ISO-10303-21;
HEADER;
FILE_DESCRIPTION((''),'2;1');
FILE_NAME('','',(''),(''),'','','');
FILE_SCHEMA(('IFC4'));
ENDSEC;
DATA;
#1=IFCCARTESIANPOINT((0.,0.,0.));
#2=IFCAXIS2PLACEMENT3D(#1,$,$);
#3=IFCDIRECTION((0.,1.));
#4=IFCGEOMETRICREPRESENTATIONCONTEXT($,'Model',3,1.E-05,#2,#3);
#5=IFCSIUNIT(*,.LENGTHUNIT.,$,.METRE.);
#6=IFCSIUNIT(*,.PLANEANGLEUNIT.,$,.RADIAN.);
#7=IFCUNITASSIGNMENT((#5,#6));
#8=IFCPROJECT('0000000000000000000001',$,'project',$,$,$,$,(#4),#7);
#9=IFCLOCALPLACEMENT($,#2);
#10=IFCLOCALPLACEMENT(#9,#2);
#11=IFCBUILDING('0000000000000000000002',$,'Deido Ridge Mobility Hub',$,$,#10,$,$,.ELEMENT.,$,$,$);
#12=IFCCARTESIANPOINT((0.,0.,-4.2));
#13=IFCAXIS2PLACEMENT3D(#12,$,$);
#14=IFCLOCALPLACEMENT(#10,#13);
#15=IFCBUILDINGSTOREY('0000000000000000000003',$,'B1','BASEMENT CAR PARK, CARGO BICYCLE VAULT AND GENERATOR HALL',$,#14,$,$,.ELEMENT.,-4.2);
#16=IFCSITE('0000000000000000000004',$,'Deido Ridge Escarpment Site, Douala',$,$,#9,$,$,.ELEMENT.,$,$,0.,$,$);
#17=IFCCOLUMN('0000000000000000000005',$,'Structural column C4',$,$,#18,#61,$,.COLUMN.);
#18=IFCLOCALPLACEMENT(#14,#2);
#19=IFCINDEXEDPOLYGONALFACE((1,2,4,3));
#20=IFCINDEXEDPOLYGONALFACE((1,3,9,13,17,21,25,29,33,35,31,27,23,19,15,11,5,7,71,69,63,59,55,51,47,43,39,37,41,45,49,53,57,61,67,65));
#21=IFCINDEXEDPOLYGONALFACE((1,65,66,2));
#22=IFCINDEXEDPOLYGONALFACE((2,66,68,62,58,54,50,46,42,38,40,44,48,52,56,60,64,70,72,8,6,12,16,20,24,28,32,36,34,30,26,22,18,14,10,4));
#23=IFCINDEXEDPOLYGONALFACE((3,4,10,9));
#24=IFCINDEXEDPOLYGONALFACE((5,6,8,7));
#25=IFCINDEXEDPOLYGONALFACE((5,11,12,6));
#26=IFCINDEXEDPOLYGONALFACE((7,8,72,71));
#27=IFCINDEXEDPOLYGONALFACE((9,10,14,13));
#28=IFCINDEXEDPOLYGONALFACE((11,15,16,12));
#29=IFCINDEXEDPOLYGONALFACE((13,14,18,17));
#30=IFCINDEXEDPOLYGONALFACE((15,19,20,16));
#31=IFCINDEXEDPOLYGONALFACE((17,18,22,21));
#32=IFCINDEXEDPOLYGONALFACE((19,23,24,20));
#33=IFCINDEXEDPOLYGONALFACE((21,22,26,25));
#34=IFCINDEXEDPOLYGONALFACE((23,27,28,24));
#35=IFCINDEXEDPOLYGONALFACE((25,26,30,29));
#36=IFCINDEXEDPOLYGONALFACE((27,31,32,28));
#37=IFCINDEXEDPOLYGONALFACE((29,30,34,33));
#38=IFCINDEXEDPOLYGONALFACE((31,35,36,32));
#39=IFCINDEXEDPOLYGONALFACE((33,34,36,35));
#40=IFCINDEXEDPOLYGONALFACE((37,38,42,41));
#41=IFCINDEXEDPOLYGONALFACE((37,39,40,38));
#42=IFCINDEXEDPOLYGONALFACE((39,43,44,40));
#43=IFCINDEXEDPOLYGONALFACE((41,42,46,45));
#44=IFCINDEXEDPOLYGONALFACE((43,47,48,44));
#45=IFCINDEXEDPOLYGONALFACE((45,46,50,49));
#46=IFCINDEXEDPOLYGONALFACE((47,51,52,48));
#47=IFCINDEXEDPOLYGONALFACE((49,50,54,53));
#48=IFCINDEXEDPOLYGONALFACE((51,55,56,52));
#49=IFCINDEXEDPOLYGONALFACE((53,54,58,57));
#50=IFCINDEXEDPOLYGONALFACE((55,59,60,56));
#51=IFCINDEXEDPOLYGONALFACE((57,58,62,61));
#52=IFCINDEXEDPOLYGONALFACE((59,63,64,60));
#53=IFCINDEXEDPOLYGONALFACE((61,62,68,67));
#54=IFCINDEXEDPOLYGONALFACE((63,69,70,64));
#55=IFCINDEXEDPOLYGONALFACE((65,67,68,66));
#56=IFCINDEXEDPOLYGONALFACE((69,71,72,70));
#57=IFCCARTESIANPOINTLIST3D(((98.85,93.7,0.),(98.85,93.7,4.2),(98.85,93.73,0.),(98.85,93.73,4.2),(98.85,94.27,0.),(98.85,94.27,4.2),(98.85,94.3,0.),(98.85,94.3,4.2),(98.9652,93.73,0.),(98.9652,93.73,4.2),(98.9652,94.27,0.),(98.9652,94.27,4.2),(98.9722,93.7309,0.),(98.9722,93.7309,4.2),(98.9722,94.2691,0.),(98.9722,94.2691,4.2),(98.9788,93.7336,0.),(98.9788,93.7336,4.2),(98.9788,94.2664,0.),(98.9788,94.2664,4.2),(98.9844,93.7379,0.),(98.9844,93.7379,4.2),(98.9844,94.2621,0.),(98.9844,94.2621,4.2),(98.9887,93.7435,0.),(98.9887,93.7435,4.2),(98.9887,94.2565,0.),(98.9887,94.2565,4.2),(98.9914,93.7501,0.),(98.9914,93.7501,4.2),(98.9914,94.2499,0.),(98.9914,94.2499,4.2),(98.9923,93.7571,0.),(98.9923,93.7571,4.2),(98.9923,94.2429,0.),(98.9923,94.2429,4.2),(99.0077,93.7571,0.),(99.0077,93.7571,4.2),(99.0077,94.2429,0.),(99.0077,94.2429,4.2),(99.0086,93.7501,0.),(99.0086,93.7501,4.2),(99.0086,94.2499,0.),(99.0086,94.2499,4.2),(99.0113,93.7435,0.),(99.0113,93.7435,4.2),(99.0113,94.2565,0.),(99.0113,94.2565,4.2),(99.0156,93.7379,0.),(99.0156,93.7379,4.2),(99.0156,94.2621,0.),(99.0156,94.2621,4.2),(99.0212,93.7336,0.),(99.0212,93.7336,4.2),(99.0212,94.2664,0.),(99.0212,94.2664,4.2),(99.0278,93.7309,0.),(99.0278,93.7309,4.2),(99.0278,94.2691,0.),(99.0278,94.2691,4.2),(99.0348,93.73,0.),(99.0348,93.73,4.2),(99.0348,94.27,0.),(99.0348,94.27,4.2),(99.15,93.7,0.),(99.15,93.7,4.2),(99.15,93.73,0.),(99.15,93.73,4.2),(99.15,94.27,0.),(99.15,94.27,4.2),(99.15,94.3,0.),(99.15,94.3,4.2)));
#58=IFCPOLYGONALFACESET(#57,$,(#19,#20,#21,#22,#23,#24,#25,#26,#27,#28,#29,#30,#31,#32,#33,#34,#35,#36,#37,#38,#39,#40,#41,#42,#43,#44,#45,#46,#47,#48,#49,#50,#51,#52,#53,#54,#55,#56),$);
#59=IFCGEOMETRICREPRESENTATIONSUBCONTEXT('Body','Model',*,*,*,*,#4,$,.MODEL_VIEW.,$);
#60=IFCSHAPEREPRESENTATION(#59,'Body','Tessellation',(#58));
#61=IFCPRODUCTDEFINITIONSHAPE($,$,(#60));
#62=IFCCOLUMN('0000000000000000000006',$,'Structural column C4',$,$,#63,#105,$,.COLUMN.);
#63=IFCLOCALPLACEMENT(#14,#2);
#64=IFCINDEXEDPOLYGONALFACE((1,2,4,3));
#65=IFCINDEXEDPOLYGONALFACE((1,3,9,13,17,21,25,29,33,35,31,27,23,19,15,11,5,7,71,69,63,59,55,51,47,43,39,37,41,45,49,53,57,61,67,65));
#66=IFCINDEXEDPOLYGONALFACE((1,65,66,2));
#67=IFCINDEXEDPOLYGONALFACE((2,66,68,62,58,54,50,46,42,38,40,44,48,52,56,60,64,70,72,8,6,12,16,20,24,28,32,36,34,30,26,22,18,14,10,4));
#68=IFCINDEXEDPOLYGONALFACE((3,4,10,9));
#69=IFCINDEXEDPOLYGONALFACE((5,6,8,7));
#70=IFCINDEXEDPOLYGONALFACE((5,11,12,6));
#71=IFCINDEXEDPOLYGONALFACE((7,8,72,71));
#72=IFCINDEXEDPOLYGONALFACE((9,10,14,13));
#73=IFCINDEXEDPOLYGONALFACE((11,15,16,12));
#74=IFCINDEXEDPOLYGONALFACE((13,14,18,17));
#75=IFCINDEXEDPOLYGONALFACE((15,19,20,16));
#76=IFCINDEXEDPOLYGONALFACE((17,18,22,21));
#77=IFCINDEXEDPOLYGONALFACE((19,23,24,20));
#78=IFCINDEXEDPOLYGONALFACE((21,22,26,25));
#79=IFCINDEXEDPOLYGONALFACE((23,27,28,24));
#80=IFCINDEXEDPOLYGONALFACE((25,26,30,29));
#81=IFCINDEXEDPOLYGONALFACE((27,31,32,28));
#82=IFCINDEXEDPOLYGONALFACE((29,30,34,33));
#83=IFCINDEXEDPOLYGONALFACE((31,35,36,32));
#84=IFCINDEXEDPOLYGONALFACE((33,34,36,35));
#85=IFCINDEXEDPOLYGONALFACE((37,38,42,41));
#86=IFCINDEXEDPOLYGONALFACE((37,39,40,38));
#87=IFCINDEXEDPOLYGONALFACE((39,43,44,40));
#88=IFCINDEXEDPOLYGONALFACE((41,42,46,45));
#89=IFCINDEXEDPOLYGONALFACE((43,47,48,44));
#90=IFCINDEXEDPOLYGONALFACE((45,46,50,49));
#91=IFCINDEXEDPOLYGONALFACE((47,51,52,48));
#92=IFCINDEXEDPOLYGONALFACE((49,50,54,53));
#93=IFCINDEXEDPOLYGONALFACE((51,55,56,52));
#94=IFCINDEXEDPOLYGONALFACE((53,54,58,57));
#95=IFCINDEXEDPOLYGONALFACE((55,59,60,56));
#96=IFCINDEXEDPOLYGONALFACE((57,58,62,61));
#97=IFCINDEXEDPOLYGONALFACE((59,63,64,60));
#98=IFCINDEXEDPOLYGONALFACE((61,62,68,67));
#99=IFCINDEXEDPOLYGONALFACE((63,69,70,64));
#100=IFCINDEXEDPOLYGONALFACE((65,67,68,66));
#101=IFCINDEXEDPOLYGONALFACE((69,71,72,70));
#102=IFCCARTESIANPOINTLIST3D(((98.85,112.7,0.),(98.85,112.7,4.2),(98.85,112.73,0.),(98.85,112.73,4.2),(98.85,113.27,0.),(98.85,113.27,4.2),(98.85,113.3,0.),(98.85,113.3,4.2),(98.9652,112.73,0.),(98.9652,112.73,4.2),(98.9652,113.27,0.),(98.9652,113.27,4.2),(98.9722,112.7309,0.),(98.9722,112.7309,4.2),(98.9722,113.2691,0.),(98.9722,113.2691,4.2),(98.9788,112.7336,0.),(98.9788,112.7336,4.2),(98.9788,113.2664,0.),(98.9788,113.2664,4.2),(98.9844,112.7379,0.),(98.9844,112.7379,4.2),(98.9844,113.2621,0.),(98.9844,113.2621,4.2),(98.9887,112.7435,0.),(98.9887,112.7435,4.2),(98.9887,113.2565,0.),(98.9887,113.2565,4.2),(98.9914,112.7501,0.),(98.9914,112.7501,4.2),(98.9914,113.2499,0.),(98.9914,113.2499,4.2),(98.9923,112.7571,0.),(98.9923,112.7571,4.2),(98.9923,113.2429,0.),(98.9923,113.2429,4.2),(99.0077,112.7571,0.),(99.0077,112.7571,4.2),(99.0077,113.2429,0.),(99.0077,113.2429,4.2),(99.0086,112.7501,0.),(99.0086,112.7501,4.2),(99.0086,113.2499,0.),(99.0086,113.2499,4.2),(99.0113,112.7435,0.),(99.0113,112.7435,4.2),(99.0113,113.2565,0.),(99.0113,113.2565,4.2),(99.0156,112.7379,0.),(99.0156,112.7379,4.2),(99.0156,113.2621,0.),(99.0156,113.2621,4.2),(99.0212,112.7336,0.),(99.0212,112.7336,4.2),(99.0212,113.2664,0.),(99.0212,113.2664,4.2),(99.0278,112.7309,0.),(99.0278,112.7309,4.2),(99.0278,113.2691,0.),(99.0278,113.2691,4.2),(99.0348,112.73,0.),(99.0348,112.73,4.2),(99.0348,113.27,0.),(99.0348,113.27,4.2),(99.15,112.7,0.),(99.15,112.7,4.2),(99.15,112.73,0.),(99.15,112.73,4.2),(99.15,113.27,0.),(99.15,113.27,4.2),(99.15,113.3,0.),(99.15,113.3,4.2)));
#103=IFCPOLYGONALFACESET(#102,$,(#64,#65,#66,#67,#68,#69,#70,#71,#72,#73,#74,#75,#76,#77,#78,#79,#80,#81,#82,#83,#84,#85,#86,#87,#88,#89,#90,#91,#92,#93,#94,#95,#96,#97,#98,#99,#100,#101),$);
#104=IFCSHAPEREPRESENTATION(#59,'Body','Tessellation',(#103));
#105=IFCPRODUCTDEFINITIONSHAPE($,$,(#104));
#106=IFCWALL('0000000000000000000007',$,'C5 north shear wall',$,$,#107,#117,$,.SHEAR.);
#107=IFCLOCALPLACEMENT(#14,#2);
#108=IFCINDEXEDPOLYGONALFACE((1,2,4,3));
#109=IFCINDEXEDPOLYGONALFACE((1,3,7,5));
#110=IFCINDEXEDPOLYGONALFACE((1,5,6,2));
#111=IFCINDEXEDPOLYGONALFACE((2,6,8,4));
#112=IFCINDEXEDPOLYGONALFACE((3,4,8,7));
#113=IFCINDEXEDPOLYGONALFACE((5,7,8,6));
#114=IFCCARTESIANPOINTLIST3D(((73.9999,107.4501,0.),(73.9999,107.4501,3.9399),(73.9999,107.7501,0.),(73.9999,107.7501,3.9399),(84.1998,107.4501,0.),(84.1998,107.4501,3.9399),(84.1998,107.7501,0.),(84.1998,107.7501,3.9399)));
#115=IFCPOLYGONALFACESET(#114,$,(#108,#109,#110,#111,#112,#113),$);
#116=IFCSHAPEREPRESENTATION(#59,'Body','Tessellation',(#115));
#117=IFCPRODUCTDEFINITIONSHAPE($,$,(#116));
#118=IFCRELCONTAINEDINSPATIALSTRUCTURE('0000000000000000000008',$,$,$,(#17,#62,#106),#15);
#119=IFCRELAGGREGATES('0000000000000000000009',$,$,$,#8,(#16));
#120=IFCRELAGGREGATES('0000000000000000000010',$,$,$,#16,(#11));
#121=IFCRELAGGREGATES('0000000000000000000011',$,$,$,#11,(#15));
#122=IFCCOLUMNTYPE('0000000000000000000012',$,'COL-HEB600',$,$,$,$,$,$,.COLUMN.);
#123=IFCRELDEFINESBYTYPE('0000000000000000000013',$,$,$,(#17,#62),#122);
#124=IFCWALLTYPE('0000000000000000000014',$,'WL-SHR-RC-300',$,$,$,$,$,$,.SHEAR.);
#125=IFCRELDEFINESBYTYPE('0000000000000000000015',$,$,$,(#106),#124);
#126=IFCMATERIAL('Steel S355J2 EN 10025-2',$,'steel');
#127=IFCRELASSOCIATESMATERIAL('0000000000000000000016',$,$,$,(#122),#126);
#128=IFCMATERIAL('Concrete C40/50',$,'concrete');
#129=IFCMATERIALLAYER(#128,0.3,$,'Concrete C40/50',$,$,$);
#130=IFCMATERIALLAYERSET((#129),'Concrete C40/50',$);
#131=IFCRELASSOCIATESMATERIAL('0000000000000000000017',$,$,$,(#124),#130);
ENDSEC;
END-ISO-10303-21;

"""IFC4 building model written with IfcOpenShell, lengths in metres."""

from ifc_helpers import new_model, si_unit, direction, frame, frame_2d, origin, origin_2d, place, context, subcontext, project, spatial, rectangle, i_section, extrude, material, layer, layer_set, material_profile, profile_set, type_object, element, save


model = new_model("IFC4")

# Units and contexts
model_context = context("Model", 3, precision=1e-05, world=origin(), true_north=direction((0.0, 1.0)))
body_context = subcontext(model_context, "Body", "Model", "MODEL_VIEW")
ifc_project = project(units=[si_unit("LENGTHUNIT", "METRE"), si_unit("PLANEANGLEUNIT", "RADIAN")], contexts=[model_context])

# Site, building, storey
site_placement = place(None, origin())
site = spatial("IfcSite", under=ifc_project, at=site_placement, Name="Deido Ridge Escarpment Site, Douala", CompositionType="ELEMENT", RefElevation=0.0)
building_placement = place(site_placement, origin())
building = spatial("IfcBuilding", under=site, at=building_placement, Name="Deido Ridge Mobility Hub", CompositionType="ELEMENT")
storey_placement = place(building_placement, frame((0.0, 0.0, -4.2)))
storey = spatial("IfcBuildingStorey", under=building, at=storey_placement, Name="B1", Description="BASEMENT CAR PARK, CARGO BICYCLE VAULT AND GENERATOR HALL", CompositionType="ELEMENT", Elevation=-4.2)

# Shared definitions
ifc_material_1 = material(Name="Concrete C40/50", Category="concrete")

# Columns
ifc_material_2 = material(Name="Steel S355J2 EN 10025-2", Category="steel")
ifc_material_profile_1 = material_profile(ifc_material_2, i_section(OverallWidth=0.3, OverallDepth=0.6001, WebThickness=0.0154, FlangeThickness=0.03, FilletRadius=0.0271, at=origin_2d()), Name="HEB 600")
ifc_profile_set_1 = profile_set([ifc_material_profile_1], Name="Steel S355J2 EN 10025-2")
column_type = type_object("IfcColumnType", Name="COL-HEB600", PredefinedType="COLUMN", material=ifc_profile_set_1)
for number, where, z_axis, x_axis, name in (
    (1, (99.0, 94.0, 0.0), (0.0, 0.0, 1.0), (1.0, 0.0, 0.0), "Structural column C4"),
    (2, (99.0, 113.0, 0.0), (0.0, 0.0, 1.0), (1.0, 0.0, 0.0), "Structural column C4"),
):
    element("IfcColumn", number, at=place(storey_placement, frame(where, z_axis=z_axis, x_axis=x_axis)), inside=storey, type_object=column_type, Name=name, PredefinedType="COLUMN", context=body_context, shape_type="SweptSolid", body=[
        extrude(i_section(OverallWidth=0.3, OverallDepth=0.6001, WebThickness=0.0154, FlangeThickness=0.03, FilletRadius=0.0271, at=origin_2d()), origin(), (0.0, 0.0, 1.0), 4.2),
    ])

# Wall
ifc_layer = layer(ifc_material_1, 0.3, Name="Concrete C40/50")
ifc_layer_set = layer_set([ifc_layer], Name="Concrete C40/50")
wall_type = type_object("IfcWallType", Name="WL-SHR-RC-300", PredefinedType="SHEAR", material=ifc_layer_set)
wall_placement = place(storey_placement, frame((84.2, 107.6001, 0.0), z_axis=(0.0, 0.0, 1.0), x_axis=(-1.0, 0.0, 0.0)))
element("IfcWall", 3, at=wall_placement, inside=storey, type_object=wall_type, Name="C5 north shear wall", PredefinedType="SHEAR", context=body_context, shape_type="SweptSolid", body=[
    extrude(rectangle(XDim=10.2, YDim=0.3, at=frame_2d((5.1001, 0.0))), origin(), (0.0, 0.0, 1.0), 3.9399),
])

save(model, "model.ifc")
